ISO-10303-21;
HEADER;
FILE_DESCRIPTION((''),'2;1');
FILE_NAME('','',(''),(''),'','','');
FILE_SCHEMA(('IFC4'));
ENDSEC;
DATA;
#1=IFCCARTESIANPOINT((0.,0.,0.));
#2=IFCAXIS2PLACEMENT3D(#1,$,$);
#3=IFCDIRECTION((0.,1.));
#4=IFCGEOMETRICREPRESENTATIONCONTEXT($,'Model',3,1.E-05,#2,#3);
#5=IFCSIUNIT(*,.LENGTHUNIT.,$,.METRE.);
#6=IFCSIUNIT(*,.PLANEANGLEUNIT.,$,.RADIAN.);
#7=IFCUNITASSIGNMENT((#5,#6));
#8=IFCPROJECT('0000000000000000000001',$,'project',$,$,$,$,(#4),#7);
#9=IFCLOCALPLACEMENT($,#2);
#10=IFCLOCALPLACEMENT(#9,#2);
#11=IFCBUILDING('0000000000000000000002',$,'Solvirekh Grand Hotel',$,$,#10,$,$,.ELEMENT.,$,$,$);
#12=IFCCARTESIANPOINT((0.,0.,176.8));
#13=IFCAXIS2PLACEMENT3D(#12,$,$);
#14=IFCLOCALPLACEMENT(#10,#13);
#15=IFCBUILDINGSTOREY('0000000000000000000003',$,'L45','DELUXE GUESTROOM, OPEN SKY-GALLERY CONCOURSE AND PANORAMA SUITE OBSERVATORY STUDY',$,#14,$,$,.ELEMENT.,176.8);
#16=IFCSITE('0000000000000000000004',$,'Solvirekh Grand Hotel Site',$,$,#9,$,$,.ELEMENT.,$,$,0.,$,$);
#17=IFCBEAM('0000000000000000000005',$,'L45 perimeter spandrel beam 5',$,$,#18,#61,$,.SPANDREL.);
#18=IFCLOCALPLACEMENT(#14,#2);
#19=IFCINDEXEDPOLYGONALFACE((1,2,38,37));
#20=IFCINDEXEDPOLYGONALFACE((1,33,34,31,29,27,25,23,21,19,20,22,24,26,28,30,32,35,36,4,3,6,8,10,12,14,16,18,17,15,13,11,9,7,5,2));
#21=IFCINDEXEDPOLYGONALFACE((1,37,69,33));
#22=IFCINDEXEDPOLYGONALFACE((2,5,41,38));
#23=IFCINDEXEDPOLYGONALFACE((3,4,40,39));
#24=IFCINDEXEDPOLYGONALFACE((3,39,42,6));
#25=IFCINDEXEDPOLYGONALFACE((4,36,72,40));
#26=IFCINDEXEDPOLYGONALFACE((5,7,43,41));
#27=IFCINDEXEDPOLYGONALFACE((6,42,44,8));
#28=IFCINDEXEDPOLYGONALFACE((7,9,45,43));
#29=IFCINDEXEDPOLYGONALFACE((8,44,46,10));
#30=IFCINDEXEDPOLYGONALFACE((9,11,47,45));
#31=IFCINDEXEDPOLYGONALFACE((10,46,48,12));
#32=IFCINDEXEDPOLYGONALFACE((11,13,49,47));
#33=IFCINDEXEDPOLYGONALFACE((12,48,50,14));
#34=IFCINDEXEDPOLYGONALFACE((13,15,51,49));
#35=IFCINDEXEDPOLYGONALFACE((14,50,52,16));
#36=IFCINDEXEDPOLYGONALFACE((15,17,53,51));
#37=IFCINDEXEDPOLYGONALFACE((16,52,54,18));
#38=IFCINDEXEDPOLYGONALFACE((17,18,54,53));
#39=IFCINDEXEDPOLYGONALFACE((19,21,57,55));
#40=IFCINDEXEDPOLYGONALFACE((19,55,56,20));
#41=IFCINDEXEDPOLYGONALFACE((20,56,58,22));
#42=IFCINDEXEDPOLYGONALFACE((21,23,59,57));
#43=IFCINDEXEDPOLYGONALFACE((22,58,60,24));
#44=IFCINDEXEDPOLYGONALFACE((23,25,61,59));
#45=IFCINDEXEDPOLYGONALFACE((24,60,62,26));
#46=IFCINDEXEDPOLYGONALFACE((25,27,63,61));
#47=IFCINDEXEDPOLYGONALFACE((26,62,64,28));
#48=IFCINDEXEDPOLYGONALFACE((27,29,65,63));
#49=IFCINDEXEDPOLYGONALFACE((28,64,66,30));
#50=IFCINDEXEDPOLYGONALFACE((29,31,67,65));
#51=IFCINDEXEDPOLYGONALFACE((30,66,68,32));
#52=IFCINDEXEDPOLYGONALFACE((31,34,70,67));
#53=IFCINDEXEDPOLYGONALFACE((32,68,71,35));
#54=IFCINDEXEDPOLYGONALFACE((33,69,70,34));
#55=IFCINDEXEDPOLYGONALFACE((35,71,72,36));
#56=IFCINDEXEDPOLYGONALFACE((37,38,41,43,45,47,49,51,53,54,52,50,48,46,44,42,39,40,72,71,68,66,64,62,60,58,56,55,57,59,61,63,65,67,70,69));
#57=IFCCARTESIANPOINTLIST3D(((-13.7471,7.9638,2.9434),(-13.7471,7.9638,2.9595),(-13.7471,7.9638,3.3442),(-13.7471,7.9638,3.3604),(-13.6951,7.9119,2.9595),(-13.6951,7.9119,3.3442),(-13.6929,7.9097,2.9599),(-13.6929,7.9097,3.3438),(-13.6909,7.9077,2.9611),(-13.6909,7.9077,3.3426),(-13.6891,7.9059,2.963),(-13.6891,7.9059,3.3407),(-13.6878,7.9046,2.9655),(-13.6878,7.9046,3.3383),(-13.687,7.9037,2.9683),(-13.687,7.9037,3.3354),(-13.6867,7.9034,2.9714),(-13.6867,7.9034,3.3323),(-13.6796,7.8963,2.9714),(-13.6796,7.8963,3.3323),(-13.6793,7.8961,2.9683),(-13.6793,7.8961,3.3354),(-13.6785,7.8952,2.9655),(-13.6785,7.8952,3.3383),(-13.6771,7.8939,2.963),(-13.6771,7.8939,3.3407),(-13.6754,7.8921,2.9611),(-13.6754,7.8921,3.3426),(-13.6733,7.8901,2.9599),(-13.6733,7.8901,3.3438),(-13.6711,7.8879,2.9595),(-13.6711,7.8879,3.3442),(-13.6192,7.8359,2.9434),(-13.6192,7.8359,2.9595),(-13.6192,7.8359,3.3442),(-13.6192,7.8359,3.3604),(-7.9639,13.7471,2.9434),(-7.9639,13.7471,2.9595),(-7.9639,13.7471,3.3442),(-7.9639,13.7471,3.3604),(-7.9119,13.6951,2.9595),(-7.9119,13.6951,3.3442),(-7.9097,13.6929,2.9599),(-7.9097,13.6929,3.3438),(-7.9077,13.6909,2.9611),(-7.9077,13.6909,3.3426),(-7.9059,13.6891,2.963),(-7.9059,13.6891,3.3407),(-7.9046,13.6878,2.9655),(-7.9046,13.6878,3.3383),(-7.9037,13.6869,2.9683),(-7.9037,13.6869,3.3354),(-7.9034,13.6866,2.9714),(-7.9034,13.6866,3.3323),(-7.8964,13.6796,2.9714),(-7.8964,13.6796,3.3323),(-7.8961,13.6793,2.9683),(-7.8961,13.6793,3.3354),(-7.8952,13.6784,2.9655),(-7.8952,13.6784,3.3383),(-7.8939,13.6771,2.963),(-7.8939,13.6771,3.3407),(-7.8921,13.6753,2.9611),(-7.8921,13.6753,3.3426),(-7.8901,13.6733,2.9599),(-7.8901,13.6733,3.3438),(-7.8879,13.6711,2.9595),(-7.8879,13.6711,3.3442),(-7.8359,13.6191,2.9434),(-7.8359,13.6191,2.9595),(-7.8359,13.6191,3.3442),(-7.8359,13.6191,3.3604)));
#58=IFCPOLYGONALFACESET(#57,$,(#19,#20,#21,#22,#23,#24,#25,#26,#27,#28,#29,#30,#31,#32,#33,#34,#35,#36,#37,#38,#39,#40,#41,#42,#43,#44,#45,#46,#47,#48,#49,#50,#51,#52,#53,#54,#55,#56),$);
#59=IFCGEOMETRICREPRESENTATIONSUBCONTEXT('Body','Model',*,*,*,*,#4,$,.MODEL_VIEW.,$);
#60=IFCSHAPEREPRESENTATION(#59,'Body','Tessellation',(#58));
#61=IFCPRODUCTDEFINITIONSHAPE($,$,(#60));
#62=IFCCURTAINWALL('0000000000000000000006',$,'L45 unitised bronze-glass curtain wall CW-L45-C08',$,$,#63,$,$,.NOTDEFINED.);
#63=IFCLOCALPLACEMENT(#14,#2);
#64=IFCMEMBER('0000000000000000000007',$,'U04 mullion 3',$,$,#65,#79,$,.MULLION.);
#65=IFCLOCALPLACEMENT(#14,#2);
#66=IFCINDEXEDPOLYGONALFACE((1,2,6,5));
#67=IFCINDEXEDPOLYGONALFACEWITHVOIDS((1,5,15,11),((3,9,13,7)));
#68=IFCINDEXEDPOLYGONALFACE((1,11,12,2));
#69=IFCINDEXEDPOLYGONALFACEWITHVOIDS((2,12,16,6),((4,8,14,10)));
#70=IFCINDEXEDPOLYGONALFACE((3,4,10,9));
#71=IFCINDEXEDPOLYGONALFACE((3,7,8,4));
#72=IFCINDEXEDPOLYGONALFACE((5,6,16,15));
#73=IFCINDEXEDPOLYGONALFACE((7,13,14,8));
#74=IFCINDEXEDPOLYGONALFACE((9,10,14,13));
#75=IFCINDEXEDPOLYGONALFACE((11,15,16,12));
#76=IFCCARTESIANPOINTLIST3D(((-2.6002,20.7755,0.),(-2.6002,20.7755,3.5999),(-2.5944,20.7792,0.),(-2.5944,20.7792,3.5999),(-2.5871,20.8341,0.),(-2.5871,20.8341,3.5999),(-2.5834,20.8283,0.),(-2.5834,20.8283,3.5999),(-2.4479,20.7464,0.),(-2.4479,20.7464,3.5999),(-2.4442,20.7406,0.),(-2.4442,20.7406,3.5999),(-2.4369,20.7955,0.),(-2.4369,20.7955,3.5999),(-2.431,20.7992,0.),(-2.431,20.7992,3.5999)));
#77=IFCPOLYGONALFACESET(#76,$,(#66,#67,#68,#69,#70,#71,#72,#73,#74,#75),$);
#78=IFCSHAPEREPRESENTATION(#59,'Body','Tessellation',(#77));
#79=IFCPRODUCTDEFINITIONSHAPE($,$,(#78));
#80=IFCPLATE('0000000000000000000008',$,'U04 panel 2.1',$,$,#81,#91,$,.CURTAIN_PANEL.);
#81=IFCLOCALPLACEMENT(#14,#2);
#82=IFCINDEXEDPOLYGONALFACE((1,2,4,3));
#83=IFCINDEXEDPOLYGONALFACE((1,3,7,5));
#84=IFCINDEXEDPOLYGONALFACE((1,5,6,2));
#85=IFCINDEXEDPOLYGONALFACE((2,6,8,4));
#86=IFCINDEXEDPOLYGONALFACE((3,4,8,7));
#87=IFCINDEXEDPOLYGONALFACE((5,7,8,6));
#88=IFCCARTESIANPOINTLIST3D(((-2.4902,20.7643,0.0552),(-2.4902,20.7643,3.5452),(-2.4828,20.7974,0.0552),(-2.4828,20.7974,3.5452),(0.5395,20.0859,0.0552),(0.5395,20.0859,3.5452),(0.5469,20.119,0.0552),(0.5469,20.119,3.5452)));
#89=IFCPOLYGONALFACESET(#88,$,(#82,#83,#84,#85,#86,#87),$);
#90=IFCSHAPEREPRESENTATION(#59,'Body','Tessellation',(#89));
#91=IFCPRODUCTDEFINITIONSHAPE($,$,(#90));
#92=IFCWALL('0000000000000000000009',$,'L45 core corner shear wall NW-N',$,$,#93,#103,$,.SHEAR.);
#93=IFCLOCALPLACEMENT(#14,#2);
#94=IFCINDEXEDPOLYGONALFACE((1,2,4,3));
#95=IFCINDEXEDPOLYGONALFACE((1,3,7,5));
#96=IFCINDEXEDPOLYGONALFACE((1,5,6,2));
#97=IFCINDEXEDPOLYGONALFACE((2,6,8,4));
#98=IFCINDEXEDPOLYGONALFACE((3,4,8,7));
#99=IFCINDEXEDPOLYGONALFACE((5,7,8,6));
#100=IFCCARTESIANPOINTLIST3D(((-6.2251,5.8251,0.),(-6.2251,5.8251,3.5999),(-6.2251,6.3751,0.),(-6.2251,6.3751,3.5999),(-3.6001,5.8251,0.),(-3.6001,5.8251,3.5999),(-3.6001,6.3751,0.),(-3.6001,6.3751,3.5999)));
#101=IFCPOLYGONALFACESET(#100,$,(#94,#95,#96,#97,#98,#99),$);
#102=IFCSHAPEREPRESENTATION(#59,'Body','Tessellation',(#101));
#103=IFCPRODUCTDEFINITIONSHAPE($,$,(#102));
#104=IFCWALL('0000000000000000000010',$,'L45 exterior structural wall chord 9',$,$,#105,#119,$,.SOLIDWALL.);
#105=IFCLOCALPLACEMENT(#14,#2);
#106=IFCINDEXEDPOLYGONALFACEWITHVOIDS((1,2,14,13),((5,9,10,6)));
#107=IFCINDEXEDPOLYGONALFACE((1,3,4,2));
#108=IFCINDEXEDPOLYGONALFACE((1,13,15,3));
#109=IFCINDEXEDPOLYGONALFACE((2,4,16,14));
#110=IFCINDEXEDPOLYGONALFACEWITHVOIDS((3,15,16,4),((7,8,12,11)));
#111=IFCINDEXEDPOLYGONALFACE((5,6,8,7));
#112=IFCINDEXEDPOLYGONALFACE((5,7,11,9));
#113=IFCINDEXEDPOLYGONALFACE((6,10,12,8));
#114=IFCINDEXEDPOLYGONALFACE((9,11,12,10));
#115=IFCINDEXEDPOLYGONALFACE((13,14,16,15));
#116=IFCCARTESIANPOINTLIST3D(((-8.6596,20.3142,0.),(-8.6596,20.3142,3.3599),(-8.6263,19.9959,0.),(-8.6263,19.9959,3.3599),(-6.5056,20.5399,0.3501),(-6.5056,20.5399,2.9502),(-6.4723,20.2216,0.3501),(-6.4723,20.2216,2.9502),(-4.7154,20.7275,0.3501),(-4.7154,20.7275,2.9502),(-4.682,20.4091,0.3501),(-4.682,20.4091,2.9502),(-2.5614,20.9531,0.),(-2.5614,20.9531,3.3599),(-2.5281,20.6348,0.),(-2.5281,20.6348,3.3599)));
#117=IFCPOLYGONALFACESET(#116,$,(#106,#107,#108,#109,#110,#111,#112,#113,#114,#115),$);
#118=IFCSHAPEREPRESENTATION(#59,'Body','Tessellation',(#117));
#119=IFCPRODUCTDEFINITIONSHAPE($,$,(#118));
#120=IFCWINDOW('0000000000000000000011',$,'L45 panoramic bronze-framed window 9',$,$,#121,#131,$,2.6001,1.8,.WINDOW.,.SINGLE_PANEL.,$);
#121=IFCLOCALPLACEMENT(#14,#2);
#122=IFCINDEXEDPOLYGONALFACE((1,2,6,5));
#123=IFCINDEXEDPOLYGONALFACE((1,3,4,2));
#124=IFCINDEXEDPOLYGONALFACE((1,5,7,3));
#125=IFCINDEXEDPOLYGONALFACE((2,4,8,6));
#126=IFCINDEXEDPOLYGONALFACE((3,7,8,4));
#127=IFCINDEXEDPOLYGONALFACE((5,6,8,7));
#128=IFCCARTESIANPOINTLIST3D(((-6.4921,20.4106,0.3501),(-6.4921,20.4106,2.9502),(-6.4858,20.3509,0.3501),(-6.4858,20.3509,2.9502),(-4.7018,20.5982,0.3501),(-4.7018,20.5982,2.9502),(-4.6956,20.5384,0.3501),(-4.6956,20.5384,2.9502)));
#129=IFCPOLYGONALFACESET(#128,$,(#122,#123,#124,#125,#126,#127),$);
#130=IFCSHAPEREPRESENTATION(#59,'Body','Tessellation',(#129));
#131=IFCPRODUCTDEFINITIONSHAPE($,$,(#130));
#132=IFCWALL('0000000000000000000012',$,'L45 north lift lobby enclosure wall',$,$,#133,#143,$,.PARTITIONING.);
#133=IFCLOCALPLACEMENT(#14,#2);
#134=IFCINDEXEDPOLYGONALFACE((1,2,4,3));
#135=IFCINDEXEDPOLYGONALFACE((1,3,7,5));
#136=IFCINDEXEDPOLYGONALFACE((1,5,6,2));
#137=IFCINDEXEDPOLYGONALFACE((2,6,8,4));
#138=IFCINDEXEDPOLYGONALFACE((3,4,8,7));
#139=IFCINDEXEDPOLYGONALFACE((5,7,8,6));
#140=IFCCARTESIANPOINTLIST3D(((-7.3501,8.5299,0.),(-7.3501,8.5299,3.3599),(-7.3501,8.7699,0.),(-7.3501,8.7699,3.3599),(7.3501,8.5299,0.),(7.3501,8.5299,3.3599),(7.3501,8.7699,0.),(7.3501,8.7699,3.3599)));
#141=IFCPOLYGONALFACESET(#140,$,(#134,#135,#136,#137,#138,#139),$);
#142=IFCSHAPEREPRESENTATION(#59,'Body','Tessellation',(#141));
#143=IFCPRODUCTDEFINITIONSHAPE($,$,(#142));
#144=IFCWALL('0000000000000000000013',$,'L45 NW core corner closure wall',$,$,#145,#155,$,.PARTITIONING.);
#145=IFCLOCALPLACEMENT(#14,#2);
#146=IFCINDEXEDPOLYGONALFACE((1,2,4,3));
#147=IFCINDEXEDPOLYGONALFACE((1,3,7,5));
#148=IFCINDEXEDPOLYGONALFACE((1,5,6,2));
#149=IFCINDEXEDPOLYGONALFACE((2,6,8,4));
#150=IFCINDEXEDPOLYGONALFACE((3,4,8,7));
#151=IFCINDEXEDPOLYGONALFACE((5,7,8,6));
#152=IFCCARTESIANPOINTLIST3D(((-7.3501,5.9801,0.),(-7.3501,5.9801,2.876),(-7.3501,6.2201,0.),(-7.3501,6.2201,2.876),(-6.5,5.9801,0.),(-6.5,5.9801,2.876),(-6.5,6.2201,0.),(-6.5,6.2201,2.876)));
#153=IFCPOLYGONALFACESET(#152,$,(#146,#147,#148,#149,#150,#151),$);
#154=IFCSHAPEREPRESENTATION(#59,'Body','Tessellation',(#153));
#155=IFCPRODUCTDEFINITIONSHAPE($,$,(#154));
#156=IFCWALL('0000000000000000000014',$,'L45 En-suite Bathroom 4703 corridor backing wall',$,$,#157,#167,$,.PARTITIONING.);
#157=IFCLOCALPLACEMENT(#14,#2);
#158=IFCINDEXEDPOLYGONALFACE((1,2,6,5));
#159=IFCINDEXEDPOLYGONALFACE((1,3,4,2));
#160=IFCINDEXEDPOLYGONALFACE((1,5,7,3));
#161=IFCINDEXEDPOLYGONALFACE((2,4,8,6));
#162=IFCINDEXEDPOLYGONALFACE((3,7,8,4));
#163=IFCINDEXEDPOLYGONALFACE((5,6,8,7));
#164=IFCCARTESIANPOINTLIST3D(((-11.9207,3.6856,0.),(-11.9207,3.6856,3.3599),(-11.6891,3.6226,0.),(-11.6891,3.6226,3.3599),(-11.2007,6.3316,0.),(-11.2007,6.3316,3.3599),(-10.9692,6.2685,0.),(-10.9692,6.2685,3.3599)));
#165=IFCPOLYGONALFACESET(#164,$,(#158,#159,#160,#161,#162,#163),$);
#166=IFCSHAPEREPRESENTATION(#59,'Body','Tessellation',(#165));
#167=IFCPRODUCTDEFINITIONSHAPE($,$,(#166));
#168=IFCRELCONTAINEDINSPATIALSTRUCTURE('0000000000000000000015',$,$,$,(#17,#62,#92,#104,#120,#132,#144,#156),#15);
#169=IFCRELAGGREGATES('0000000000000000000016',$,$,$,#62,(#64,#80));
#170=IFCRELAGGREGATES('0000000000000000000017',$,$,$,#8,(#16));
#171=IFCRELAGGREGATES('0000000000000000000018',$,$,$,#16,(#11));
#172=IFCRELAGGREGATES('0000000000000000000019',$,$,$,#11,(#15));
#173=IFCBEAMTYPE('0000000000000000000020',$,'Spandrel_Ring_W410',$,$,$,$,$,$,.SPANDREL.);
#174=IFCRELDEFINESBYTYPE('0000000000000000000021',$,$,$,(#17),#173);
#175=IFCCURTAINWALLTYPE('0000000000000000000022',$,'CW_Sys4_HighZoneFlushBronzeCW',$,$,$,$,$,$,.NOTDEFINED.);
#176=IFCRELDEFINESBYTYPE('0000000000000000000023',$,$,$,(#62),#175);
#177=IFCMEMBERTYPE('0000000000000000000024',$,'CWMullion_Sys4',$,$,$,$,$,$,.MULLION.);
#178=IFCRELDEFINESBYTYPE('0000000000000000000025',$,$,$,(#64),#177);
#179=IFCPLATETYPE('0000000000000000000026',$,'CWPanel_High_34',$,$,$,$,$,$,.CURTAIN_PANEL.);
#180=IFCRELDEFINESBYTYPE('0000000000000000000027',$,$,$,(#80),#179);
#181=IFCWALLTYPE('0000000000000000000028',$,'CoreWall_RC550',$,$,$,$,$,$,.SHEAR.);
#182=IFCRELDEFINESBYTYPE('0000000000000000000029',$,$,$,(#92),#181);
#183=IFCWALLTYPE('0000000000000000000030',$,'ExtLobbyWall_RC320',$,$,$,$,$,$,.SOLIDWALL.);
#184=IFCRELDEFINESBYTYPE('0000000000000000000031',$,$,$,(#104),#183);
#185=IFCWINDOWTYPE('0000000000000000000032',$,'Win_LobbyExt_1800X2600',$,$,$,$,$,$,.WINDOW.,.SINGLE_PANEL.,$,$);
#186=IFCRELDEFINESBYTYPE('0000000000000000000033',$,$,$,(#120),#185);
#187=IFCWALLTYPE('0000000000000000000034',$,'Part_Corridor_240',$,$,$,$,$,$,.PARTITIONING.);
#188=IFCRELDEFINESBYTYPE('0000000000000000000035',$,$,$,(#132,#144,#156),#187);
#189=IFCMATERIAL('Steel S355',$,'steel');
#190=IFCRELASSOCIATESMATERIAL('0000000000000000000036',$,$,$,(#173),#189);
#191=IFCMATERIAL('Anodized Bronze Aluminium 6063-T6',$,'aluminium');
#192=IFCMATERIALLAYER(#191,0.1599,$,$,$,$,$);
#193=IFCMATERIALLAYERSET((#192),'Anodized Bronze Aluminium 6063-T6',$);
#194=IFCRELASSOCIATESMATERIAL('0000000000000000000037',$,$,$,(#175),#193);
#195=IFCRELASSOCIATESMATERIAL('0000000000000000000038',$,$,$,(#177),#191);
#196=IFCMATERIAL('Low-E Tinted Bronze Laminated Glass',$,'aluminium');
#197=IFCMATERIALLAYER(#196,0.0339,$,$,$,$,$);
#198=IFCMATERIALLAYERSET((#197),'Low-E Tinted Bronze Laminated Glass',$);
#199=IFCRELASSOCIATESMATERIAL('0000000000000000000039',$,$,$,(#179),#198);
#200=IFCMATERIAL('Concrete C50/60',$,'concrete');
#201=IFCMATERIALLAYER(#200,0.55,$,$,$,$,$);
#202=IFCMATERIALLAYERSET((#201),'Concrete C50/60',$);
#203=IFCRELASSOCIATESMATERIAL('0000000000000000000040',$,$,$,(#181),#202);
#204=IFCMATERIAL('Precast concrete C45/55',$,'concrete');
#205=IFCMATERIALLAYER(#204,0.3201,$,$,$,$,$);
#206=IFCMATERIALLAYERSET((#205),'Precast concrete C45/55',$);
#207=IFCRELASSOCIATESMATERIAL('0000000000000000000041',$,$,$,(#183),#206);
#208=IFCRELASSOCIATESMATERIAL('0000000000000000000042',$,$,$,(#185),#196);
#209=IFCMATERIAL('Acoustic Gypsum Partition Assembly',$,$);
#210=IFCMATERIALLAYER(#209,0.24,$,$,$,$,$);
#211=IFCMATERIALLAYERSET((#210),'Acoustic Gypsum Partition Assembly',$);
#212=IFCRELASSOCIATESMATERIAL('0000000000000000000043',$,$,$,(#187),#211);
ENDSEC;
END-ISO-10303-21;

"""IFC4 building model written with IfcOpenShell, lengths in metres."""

from ifc_helpers import new_model, si_unit, direction, frame, frame_2d, origin, origin_2d, place, context, subcontext, project, spatial, rectangle, hollow_rectangle, i_section, extrude, source, transform, mapped, material, layer, layer_set, material_profile, profile_set, type_object, element, fill, aggregate, save


model = new_model("IFC4")

# Units and contexts
model_context = context("Model", 3, precision=1e-05, world=origin(), true_north=direction((0.0, 1.0)))
body_context = subcontext(model_context, "Body", "Model", "MODEL_VIEW")
ifc_project = project(units=[si_unit("LENGTHUNIT", "METRE"), si_unit("PLANEANGLEUNIT", "RADIAN")], contexts=[model_context])

# Site, building, storey
site_placement = place(None, origin())
site = spatial("IfcSite", under=ifc_project, at=site_placement, Name="Solvirekh Grand Hotel Site", CompositionType="ELEMENT", RefElevation=0.0)
building_placement = place(site_placement, origin())
building = spatial("IfcBuilding", under=site, at=building_placement, Name="Solvirekh Grand Hotel", CompositionType="ELEMENT")
storey_placement = place(building_placement, frame((0.0, 0.0, 176.8)))
storey = spatial("IfcBuildingStorey", under=building, at=storey_placement, Name="L45", Description="DELUXE GUESTROOM, OPEN SKY-GALLERY CONCOURSE AND PANORAMA SUITE OBSERVATORY STUDY", CompositionType="ELEMENT", Elevation=176.8)

# Shared definitions
ifc_material_1 = material(Name="Concrete C50/60", Category="concrete")

# Beam
ifc_material_2 = material(Name="Steel S355", Category="steel")
ifc_material_profile_1 = material_profile(ifc_material_2, i_section(OverallWidth=0.1809, OverallDepth=0.417, WebThickness=0.01, FlangeThickness=0.0161, FilletRadius=0.012, at=origin_2d()), Name="W410X85")
ifc_profile_set_1 = profile_set([ifc_material_profile_1], Name="Steel S355")
beam_type_1 = type_object("IfcBeamType", Name="Spandrel_Ring_W410", PredefinedType="SPANDREL", material=ifc_profile_set_1)
beam_1_placement = place(storey_placement, frame((-7.8999, 13.6831, 3.1519), z_axis=(-0.707107, -0.707107, 0.0), x_axis=(0.707107, -0.707107, 0.0)))
element("IfcBeam", 1, at=beam_1_placement, inside=storey, type_object=beam_type_1, Name="L45 perimeter spandrel beam 5", PredefinedType="SPANDREL", context=body_context, shape_type="SweptSolid", body=[
    extrude(i_section(OverallWidth=0.1809, OverallDepth=0.417, WebThickness=0.01, FlangeThickness=0.0161, FilletRadius=0.012, at=origin_2d()), origin(), (0.0, 0.0, 1.0), 8.1787),
])

# Curtain wall, member, plate
ifc_material_3 = material(Name="Anodized Bronze Aluminium 6063-T6", Category="aluminium")
ifc_layer_1 = layer(ifc_material_3, 0.1599)
ifc_layer_set_1 = layer_set([ifc_layer_1], Name="Anodized Bronze Aluminium 6063-T6")
curtain_wall_type = type_object("IfcCurtainWallType", Name="CW_Sys4_HighZoneFlushBronzeCW", PredefinedType="NOTDEFINED", material=ifc_layer_set_1)
curtain_wall_placement = place(storey_placement, origin())
curtain_wall = element("IfcCurtainWall", 2, at=curtain_wall_placement, inside=storey, type_object=curtain_wall_type, Name="L45 unitised bronze-glass curtain wall CW-L45-C08", PredefinedType="NOTDEFINED")
ifc_material_profile_2 = material_profile(ifc_material_3, hollow_rectangle(XDim=0.0601, YDim=0.1599, WallThickness=0.0049, at=origin_2d()), Name="ALU RHS 160X60X5")
ifc_profile_set_2 = profile_set([ifc_material_profile_2], Name="Anodized Bronze Aluminium 6063-T6")
member_type = type_object("IfcMemberType", Name="CWMullion_Sys4", PredefinedType="MULLION", material=ifc_profile_set_2)
shared_shape_1 = source(origin(), body_context, "Body", "SweptSolid", [
    extrude(hollow_rectangle(XDim=0.0601, YDim=0.1599, WallThickness=0.0049, at=origin_2d()), origin(), (0.0, 0.0, 1.0), 3.5999),
])
member_placement = place(storey_placement, frame((-2.5156, 20.7874, 0.0), z_axis=(0.0, 0.0, 1.0), x_axis=(-0.218488, -0.97584, 0.0)))
member = element("IfcMember", 3, at=member_placement, type_object=member_type, Name="U04 mullion 3", PredefinedType="MULLION", context=body_context, shape_type="MappedRepresentation", body=[
    mapped(shared_shape_1, transform((0.0, 0.0, 0.0), x_axis=(1.0, 0.0, 0.0), y_axis=(0.0, 1.0, 0.0), z_axis=(0.0, 0.0, 1.0), scale=1.0)),
])
ifc_material_4 = material(Name="Low-E Tinted Bronze Laminated Glass", Category="aluminium")
ifc_layer_2 = layer(ifc_material_4, 0.0339)
ifc_layer_set_2 = layer_set([ifc_layer_2], Name="Low-E Tinted Bronze Laminated Glass")
plate_type = type_object("IfcPlateType", Name="CWPanel_High_34", PredefinedType="CURTAIN_PANEL", material=ifc_layer_set_2)
shared_shape_2 = source(origin(), body_context, "Body", "SweptSolid", [
    extrude(rectangle(XDim=3.1047, YDim=0.0339, at=origin_2d()), origin(), (0.0, 0.0, 1.0), 3.49),
])
plate_placement = place(storey_placement, frame((-0.9717, 20.4417, 0.0552), z_axis=(0.0, 0.0, 1.0), x_axis=(-0.97584, 0.218488, 0.0)))
plate = element("IfcPlate", 4, at=plate_placement, type_object=plate_type, Name="U04 panel 2.1", PredefinedType="CURTAIN_PANEL", context=body_context, shape_type="MappedRepresentation", body=[
    mapped(shared_shape_2, transform((0.0, 0.0, 0.0), x_axis=(1.0, 0.0, 0.0), y_axis=(0.0, 1.0, 0.0), z_axis=(0.0, 0.0, 1.0), scale=1.0)),
])
aggregate(curtain_wall, [member, plate])

# Wall
ifc_layer_3 = layer(ifc_material_1, 0.55)
ifc_layer_set_3 = layer_set([ifc_layer_3], Name="Concrete C50/60")
wall_type_1 = type_object("IfcWallType", Name="CoreWall_RC550", PredefinedType="SHEAR", material=ifc_layer_set_3)
wall_1_placement = place(storey_placement, frame((-6.2251, 6.1001, 0.0), z_axis=(0.0, 0.0, 1.0), x_axis=(1.0, 0.0, 0.0)))
element("IfcWall", 5, at=wall_1_placement, inside=storey, type_object=wall_type_1, Name="L45 core corner shear wall NW-N", PredefinedType="SHEAR", context=body_context, shape_type="SweptSolid", body=[
    extrude(rectangle(XDim=2.625, YDim=0.55, at=frame_2d((1.3125, 0.0))), origin(), (0.0, 0.0, 1.0), 3.5999),
])

# Wall, opening, window
ifc_material_5 = material(Name="Precast concrete C45/55", Category="concrete")
ifc_layer_4 = layer(ifc_material_5, 0.3201)
ifc_layer_set_4 = layer_set([ifc_layer_4], Name="Precast concrete C45/55")
wall_type_2 = type_object("IfcWallType", Name="ExtLobbyWall_RC320", PredefinedType="SOLIDWALL", material=ifc_layer_set_4)
wall_2_placement = place(storey_placement, frame((-8.6431, 20.155, 0.0), z_axis=(0.0, 0.0, 1.0), x_axis=(0.994556, 0.104202, 0.0)))
wall_2 = element("IfcWall", 6, at=wall_2_placement, inside=storey, type_object=wall_type_2, Name="L45 exterior structural wall chord 9", PredefinedType="SOLIDWALL", context=body_context, shape_type="SweptSolid", body=[
    extrude(rectangle(XDim=6.1316, YDim=0.3201, at=frame_2d((3.0659, 0.0))), origin(), (0.0, 0.0, 1.0), 3.3599),
])
opening_1_placement = place(wall_2_placement, frame((2.166, 0.0, 0.3501)))
opening_1 = element("IfcOpeningElement", 7, at=opening_1_placement, cuts=wall_2, PredefinedType="OPENING", context=body_context, shape_type="SweptSolid", body=[
    extrude(rectangle(XDim=1.8, YDim=2.6001, at=frame_2d((0.8999, 1.3))), frame((0.0, 0.1699, 0.0), z_axis=(0.0, -1.0, 0.0), x_axis=(1.0, 0.0, 0.0)), (0.0, 0.0, 1.0), 0.3401),
])
window_type = type_object("IfcWindowType", Name="Win_LobbyExt_1800X2600", PartitioningType="SINGLE_PANEL", PredefinedType="WINDOW", material=ifc_material_4)
window_placement = place(opening_1_placement, origin())
window = element("IfcWindow", 8, at=window_placement, inside=storey, type_object=window_type, Name="L45 panoramic bronze-framed window 9", OverallHeight=2.6001, OverallWidth=1.8, PartitioningType="SINGLE_PANEL", PredefinedType="WINDOW", context=body_context, shape_type="SweptSolid", body=[
    extrude(rectangle(XDim=1.8, YDim=2.6001, at=frame_2d((0.8999, 1.3))), frame((0.0, 0.03, 0.0), z_axis=(0.0, -1.0, 0.0), x_axis=(1.0, 0.0, 0.0)), (0.0, 0.0, 1.0), 0.0601),
])
fill(opening_1, window)

# Walls
ifc_material_6 = material(Name="Acoustic Gypsum Partition Assembly")
ifc_layer_5 = layer(ifc_material_6, 0.24)
ifc_layer_set_5 = layer_set([ifc_layer_5], Name="Acoustic Gypsum Partition Assembly")
wall_type_3 = type_object("IfcWallType", Name="Part_Corridor_240", PredefinedType="PARTITIONING", material=ifc_layer_set_5)
wall_3_placement = place(storey_placement, frame((-7.3501, 8.6499, 0.0), z_axis=(0.0, 0.0, 1.0), x_axis=(1.0, 0.0, 0.0)))
element("IfcWall", 9, at=wall_3_placement, inside=storey, type_object=wall_type_3, Name="L45 north lift lobby enclosure wall", PredefinedType="PARTITIONING", context=body_context, shape_type="SweptSolid", body=[
    extrude(rectangle(XDim=14.7002, YDim=0.24, at=frame_2d((7.3501, 0.0))), origin(), (0.0, 0.0, 1.0), 3.3599),
])
wall_4_placement = place(storey_placement, frame((-7.3501, 6.1001, 0.0), z_axis=(0.0, 0.0, 1.0), x_axis=(1.0, 0.0, 0.0)))
element("IfcWall", 10, at=wall_4_placement, inside=storey, type_object=wall_type_3, Name="L45 NW core corner closure wall", PredefinedType="PARTITIONING", context=body_context, shape_type="SweptSolid", body=[
    extrude(rectangle(XDim=0.8501, YDim=0.24, at=frame_2d((0.425, 0.0))), origin(), (0.0, 0.0, 1.0), 2.876),
])
wall_5_placement = place(storey_placement, frame((-11.085, 6.3, 0.0), z_axis=(0.0, 0.0, 1.0), x_axis=(-0.262552, -0.964918, 0.0)))
element("IfcWall", 11, at=wall_5_placement, inside=storey, type_object=wall_type_3, Name="L45 En-suite Bathroom 4703 corridor backing wall", PredefinedType="PARTITIONING", context=body_context, shape_type="SweptSolid", body=[
    extrude(rectangle(XDim=2.7422, YDim=0.24, at=frame_2d((1.3711, 0.0))), origin(), (0.0, 0.0, 1.0), 3.3599),
])

save(model, "model.ifc")
